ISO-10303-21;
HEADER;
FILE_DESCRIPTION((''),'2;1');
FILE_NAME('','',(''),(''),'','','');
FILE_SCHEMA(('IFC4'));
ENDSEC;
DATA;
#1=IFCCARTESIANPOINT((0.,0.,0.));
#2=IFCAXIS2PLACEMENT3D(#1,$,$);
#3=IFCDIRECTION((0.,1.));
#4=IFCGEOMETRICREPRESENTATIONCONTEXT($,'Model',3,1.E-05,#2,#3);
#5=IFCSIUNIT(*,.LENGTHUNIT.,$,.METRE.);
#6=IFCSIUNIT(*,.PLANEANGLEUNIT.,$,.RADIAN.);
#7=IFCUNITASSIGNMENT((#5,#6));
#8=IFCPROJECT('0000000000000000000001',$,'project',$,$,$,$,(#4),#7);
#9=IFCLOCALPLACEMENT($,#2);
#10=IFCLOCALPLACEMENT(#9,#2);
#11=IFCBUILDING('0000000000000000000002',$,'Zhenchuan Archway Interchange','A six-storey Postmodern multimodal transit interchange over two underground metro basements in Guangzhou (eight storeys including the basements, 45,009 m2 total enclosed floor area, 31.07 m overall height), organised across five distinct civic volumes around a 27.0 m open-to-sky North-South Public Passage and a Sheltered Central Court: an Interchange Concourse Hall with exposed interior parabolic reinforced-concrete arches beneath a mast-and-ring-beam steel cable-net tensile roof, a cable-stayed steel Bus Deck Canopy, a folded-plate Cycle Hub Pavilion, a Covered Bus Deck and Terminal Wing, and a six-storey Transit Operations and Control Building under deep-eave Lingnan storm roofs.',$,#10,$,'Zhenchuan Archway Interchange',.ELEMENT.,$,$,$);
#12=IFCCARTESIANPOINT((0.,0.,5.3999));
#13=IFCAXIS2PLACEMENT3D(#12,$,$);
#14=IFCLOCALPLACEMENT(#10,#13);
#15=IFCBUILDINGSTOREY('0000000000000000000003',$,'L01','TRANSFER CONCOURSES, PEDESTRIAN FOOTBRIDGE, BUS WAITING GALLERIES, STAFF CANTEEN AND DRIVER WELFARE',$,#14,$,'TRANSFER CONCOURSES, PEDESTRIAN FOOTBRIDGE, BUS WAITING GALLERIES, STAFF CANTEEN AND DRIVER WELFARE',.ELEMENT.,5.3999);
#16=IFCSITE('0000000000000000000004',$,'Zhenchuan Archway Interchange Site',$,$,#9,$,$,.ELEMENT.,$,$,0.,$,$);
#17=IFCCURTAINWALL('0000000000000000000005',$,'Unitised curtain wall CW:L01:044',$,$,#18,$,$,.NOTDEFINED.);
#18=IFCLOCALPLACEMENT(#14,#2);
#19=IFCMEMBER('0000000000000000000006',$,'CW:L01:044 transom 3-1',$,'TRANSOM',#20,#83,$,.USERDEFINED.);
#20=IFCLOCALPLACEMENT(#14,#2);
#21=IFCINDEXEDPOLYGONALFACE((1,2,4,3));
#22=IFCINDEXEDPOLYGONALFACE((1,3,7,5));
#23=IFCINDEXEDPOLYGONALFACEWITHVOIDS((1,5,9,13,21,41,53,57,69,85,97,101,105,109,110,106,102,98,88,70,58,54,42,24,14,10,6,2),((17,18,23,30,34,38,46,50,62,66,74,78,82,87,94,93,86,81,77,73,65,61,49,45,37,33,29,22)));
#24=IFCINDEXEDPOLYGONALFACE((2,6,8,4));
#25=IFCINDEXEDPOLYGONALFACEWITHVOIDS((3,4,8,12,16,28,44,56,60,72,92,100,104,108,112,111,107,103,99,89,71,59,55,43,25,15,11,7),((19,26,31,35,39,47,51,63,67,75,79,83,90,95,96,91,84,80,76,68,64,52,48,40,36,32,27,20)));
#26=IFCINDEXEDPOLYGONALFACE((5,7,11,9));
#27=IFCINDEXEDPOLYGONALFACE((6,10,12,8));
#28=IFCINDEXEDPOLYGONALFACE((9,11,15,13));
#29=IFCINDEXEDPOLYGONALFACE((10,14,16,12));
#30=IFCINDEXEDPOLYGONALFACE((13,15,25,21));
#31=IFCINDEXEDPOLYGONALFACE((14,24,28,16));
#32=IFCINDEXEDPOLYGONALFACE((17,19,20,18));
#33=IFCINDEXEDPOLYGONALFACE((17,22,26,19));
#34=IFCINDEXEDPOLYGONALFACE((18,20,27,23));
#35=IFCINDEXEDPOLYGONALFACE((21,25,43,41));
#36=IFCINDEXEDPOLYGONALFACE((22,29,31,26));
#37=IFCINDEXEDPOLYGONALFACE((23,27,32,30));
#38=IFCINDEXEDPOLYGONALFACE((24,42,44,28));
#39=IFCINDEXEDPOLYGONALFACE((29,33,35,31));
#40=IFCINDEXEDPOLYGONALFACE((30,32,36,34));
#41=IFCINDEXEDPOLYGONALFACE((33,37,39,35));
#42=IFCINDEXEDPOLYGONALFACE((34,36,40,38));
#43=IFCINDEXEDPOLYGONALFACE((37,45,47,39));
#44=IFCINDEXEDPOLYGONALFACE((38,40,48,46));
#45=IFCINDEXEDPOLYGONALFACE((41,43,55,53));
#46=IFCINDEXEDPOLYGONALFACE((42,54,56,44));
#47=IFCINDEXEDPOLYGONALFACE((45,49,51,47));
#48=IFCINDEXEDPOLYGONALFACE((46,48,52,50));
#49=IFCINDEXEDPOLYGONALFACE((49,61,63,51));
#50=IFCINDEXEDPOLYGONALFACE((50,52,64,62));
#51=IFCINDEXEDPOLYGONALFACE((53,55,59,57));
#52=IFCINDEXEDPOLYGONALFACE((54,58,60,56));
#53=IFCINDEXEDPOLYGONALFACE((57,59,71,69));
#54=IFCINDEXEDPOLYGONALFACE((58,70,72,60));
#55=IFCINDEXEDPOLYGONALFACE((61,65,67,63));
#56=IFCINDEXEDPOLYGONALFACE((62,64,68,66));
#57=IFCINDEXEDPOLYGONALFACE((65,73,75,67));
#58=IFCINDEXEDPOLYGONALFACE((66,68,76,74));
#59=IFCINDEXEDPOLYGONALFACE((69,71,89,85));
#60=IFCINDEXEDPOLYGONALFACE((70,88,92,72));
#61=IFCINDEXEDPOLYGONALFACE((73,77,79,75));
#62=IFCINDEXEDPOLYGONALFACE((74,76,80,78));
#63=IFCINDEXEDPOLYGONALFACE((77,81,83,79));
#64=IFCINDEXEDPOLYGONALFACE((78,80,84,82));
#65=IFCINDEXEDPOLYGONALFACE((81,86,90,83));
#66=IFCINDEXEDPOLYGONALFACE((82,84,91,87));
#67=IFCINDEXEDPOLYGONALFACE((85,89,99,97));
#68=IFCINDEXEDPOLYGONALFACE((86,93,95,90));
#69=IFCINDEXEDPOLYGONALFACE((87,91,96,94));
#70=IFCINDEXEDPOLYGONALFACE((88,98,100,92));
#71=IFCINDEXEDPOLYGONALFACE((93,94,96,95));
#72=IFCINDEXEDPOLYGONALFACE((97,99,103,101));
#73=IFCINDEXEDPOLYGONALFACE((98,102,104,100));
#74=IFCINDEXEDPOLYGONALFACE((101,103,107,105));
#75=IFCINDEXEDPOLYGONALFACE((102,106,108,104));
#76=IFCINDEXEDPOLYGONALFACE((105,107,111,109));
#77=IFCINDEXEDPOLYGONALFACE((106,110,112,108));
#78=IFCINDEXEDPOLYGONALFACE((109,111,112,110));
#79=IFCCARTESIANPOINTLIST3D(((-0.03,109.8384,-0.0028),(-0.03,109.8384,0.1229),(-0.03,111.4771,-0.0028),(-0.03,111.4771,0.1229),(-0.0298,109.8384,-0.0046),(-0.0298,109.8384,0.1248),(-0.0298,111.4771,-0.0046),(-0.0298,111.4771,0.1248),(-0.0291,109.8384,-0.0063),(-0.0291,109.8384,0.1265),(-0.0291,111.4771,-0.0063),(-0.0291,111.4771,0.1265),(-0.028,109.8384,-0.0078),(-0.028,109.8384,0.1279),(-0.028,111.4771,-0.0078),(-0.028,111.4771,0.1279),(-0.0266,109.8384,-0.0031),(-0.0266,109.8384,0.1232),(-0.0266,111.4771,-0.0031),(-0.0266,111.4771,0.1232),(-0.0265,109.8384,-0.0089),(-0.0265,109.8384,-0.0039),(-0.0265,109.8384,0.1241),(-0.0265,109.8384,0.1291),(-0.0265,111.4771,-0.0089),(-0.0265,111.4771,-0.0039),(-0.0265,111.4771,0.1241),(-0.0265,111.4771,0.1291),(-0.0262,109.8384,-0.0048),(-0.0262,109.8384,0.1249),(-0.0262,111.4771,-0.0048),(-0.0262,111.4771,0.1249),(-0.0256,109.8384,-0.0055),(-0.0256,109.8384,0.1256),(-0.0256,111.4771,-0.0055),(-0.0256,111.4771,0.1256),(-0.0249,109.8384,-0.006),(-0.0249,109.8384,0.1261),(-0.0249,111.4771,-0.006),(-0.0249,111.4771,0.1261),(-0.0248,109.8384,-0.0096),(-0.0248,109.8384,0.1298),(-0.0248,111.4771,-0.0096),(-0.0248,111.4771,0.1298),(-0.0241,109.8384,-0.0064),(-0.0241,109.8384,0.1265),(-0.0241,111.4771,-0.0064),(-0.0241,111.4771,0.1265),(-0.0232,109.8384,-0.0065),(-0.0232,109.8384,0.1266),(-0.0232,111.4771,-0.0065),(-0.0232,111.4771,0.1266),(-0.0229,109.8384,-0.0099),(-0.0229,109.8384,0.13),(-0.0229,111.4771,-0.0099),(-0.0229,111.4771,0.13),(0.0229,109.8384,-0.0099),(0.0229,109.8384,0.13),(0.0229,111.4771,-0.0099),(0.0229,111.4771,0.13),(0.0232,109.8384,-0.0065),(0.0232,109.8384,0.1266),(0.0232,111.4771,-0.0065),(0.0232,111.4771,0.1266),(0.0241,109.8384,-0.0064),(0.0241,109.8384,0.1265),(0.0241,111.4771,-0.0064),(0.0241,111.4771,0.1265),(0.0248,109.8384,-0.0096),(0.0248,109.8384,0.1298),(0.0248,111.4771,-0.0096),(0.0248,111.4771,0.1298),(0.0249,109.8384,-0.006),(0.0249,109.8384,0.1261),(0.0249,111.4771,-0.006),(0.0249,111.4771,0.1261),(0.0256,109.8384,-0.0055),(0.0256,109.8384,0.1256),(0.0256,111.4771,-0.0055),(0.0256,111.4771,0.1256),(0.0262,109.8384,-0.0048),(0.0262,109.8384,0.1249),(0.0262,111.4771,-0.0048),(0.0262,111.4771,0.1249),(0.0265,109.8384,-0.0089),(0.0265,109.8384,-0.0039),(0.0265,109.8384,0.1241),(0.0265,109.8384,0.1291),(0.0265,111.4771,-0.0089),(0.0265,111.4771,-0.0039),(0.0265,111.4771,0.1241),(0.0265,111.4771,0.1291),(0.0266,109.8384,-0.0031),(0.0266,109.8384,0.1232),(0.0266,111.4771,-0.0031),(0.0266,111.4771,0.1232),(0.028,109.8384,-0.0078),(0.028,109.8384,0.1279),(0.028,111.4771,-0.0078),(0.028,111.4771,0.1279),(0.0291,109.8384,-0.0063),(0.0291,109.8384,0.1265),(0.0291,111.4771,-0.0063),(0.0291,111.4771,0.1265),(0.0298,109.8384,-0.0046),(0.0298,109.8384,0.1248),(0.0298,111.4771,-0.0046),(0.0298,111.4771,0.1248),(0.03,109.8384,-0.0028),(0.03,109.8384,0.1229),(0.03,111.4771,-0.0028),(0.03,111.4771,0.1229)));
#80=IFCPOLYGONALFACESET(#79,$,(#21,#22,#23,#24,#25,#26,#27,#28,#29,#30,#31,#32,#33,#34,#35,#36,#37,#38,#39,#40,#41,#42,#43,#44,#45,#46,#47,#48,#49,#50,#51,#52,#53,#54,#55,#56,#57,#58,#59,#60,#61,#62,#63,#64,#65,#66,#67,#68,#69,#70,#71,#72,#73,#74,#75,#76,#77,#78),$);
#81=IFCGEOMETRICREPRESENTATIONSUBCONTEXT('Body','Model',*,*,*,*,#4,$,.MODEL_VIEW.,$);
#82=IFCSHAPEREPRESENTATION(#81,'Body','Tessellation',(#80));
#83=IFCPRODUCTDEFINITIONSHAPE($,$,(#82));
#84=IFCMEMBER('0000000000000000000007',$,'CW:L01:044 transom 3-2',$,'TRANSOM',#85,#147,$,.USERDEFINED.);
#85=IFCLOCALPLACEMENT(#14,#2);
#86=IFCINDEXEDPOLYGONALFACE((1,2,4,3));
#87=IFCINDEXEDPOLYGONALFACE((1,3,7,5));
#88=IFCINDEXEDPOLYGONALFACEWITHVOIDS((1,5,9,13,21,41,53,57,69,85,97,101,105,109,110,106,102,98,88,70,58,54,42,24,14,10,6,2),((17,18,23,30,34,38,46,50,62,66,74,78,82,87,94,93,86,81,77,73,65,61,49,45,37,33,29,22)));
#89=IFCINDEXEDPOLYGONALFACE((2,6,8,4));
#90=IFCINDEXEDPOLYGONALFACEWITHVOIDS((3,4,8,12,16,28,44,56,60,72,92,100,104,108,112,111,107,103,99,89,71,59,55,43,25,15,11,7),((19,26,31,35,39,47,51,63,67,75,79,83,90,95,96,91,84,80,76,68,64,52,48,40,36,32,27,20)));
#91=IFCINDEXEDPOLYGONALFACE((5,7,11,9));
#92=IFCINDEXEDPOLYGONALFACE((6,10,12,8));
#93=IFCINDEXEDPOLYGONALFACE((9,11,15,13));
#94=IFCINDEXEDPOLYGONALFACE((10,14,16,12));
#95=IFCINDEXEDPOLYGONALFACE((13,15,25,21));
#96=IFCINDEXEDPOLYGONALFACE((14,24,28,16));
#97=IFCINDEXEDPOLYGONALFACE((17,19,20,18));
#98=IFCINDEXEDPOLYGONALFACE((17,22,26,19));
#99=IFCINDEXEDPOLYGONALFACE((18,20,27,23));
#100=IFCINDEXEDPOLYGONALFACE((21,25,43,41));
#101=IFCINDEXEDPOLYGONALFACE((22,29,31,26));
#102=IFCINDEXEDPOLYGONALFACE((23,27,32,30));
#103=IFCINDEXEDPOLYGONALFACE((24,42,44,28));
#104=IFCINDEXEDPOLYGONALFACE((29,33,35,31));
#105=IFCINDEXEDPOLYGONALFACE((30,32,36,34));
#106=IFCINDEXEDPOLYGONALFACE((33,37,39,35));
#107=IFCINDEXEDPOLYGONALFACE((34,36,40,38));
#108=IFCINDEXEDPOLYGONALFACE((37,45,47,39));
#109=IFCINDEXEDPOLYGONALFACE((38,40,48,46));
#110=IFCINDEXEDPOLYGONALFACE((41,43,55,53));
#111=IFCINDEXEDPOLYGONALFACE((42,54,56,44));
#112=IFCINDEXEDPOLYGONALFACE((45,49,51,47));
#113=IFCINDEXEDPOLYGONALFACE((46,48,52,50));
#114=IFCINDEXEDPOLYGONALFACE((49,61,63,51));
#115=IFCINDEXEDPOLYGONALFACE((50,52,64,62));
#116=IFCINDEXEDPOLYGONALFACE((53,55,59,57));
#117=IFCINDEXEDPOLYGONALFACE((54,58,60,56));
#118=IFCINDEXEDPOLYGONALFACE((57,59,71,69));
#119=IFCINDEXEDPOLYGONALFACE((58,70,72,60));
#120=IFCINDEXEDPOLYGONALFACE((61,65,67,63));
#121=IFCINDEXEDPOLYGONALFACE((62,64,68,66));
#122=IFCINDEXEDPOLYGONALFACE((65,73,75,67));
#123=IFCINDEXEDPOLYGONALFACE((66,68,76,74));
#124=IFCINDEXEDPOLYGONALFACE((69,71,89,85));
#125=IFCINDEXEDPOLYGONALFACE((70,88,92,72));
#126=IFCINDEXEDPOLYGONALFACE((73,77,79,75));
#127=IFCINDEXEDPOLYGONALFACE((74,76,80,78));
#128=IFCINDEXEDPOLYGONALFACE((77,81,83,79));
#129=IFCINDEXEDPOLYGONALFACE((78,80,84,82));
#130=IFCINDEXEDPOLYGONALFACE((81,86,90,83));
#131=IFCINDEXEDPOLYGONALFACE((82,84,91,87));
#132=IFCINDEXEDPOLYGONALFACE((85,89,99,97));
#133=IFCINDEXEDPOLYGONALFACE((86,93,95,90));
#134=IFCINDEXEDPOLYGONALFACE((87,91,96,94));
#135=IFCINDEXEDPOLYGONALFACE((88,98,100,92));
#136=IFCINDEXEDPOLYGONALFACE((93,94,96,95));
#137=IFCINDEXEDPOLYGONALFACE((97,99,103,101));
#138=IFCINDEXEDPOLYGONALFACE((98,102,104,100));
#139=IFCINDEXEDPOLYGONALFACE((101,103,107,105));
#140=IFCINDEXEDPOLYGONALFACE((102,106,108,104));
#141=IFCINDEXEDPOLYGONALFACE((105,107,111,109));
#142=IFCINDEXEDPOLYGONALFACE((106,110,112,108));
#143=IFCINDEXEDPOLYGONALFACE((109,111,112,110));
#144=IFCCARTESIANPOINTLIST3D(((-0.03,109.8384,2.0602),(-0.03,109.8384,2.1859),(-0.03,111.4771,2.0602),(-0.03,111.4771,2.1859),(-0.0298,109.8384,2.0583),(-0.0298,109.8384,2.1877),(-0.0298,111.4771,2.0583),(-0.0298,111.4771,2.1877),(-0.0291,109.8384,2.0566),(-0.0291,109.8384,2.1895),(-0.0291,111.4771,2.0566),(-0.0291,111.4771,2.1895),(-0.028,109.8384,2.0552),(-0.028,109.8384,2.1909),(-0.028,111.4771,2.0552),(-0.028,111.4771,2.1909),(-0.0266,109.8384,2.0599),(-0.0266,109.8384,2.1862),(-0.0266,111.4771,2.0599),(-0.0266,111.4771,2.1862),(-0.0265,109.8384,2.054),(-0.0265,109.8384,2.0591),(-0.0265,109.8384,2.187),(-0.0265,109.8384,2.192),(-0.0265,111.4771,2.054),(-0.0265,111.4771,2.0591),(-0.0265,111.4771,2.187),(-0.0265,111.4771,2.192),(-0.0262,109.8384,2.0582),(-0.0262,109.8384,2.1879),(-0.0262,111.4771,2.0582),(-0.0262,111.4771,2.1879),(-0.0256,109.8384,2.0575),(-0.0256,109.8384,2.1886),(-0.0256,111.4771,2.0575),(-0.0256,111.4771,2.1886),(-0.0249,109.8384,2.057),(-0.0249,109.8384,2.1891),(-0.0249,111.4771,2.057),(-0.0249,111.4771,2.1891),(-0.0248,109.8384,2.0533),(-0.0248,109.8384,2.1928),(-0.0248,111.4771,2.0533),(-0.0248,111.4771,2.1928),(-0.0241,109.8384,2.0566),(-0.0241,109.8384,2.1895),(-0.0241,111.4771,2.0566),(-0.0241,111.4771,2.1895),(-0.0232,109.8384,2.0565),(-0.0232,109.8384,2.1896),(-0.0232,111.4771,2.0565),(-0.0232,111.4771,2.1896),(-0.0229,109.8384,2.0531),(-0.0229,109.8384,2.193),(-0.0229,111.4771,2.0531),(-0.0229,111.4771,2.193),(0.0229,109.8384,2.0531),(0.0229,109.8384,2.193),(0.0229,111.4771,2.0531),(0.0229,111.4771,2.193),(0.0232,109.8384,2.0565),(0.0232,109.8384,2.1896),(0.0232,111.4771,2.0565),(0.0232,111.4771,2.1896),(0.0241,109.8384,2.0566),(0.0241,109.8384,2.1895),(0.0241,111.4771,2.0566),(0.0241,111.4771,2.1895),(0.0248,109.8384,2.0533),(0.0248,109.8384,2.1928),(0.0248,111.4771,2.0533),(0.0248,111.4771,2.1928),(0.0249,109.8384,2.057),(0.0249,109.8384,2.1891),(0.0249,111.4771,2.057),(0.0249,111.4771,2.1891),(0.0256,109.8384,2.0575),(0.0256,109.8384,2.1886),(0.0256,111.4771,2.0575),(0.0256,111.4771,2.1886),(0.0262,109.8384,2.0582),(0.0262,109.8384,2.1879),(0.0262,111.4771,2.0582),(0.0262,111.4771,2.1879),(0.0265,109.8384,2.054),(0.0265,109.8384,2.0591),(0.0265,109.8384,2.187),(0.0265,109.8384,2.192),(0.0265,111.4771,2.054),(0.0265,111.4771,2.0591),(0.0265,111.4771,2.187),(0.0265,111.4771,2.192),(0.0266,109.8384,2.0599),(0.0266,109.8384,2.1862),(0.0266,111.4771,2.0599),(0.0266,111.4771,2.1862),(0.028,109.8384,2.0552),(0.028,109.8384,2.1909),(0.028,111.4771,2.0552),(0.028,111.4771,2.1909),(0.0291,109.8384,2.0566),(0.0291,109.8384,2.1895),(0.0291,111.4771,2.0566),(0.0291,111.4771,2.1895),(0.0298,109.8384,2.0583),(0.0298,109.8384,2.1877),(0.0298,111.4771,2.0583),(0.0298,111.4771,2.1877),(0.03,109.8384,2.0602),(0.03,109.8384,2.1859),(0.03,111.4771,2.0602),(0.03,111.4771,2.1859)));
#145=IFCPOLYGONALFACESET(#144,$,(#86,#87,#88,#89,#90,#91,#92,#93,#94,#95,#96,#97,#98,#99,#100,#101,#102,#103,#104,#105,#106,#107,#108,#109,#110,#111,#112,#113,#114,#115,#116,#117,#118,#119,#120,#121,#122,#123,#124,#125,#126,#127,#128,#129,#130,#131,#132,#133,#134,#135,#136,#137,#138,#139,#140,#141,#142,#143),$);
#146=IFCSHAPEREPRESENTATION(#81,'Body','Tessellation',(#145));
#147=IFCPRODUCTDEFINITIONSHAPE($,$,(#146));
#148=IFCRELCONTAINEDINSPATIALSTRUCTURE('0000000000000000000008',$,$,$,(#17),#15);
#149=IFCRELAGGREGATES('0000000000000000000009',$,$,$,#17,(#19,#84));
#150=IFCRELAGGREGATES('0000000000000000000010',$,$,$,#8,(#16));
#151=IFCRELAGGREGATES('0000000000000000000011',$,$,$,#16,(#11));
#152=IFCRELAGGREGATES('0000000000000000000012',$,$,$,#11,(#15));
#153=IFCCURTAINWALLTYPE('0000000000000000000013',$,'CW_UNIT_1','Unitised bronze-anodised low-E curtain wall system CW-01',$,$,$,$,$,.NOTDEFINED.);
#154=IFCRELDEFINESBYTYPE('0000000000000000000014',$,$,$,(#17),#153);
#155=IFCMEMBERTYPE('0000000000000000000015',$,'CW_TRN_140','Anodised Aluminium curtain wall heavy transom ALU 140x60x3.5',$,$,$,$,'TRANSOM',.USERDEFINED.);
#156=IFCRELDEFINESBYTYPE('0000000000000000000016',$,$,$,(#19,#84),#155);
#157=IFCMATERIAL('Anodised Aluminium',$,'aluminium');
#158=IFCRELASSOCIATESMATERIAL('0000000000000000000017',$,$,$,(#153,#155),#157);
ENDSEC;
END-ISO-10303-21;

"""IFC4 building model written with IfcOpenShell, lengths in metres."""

from ifc_helpers import new_model, si_unit, direction, frame, origin, origin_2d, place, context, subcontext, project, spatial, hollow_rectangle, extrude, material, material_profile, profile_set, type_object, element, aggregate, save


model = new_model("IFC4")

# Units and contexts
model_context = context("Model", 3, precision=1e-05, world=origin(), true_north=direction((0.0, 1.0)))
body_context = subcontext(model_context, "Body", "Model", "MODEL_VIEW")
ifc_project = project(units=[si_unit("LENGTHUNIT", "METRE"), si_unit("PLANEANGLEUNIT", "RADIAN")], contexts=[model_context])

# Site, building, storey
site_placement = place(None, origin())
site = spatial("IfcSite", under=ifc_project, at=site_placement, Name="Zhenchuan Archway Interchange Site", CompositionType="ELEMENT", RefElevation=0.0)
building_placement = place(site_placement, origin())
building = spatial("IfcBuilding", under=site, at=building_placement, Name="Zhenchuan Archway Interchange", Description="A six-storey Postmodern multimodal transit interchange over two underground metro basements in Guangzhou (eight storeys including the basements, 45,009 m2 total enclosed floor area, 31.07 m overall height), organised across five distinct civic volumes around a 27.0 m open-to-sky North-South Public Passage and a Sheltered Central Court: an Interchange Concourse Hall with exposed interior parabolic reinforced-concrete arches beneath a mast-and-ring-beam steel cable-net tensile roof, a cable-stayed steel Bus Deck Canopy, a folded-plate Cycle Hub Pavilion, a Covered Bus Deck and Terminal Wing, and a six-storey Transit Operations and Control Building under deep-eave Lingnan storm roofs.", LongName="Zhenchuan Archway Interchange", CompositionType="ELEMENT")
storey_placement = place(building_placement, frame((0.0, 0.0, 5.3999)))
storey = spatial("IfcBuildingStorey", under=building, at=storey_placement, Name="L01", Description="TRANSFER CONCOURSES, PEDESTRIAN FOOTBRIDGE, BUS WAITING GALLERIES, STAFF CANTEEN AND DRIVER WELFARE", LongName="TRANSFER CONCOURSES, PEDESTRIAN FOOTBRIDGE, BUS WAITING GALLERIES, STAFF CANTEEN AND DRIVER WELFARE", CompositionType="ELEMENT", Elevation=5.3999)

# Curtain wall
ifc_material_1 = material(Name="Anodised Aluminium", Category="aluminium")
curtain_wall_type_1 = type_object("IfcCurtainWallType", Name="CW_UNIT_1", Description="Unitised bronze-anodised low-E curtain wall system CW-01", PredefinedType="NOTDEFINED", material=ifc_material_1)
curtain_wall_1_placement = place(storey_placement, origin())
curtain_wall_1 = element("IfcCurtainWall", 1, at=curtain_wall_1_placement, inside=storey, type_object=curtain_wall_type_1, Name="Unitised curtain wall CW:L01:044", PredefinedType="NOTDEFINED")

# Members
ifc_material_profile_1 = material_profile(ifc_material_1, hollow_rectangle(XDim=0.0601, YDim=0.1399, WallThickness=0.0034, InnerFilletRadius=0.0034, OuterFilletRadius=0.0071, at=origin_2d()), Name="ALU 140x60x3.5")
ifc_profile_set_1 = profile_set([ifc_material_profile_1], Name="Anodised Aluminium")
member_type_1 = type_object("IfcMemberType", Name="CW_TRN_140", Description="Anodised Aluminium curtain wall heavy transom ALU 140x60x3.5", ElementType="TRANSOM", PredefinedType="USERDEFINED", material=ifc_profile_set_1)
member_1_placement = place(storey_placement, frame((0.0, 109.8384, 0.0601), z_axis=(0.0, 1.0, 0.0), x_axis=(-1.0, 0.0, 0.0)))
member_1 = element("IfcMember", 2, at=member_1_placement, type_object=member_type_1, Name="CW:L01:044 transom 3-1", ObjectType="TRANSOM", PredefinedType="USERDEFINED", context=body_context, shape_type="SweptSolid", body=[
    extrude(hollow_rectangle(XDim=0.0601, YDim=0.1399, WallThickness=0.0034, InnerFilletRadius=0.0034, OuterFilletRadius=0.0071, at=origin_2d()), origin(), (0.0, 0.0, 1.0), 1.6387),
])
member_2_placement = place(storey_placement, frame((0.0, 109.8384, 2.123), z_axis=(0.0, 1.0, 0.0), x_axis=(-1.0, 0.0, 0.0)))
member_2 = element("IfcMember", 3, at=member_2_placement, type_object=member_type_1, Name="CW:L01:044 transom 3-2", ObjectType="TRANSOM", PredefinedType="USERDEFINED", context=body_context, shape_type="SweptSolid", body=[
    extrude(hollow_rectangle(XDim=0.0601, YDim=0.1399, WallThickness=0.0034, InnerFilletRadius=0.0034, OuterFilletRadius=0.0071, at=origin_2d()), origin(), (0.0, 0.0, 1.0), 1.6387),
])

aggregate(curtain_wall_1, [member_1, member_2])

save(model, "model.ifc")
